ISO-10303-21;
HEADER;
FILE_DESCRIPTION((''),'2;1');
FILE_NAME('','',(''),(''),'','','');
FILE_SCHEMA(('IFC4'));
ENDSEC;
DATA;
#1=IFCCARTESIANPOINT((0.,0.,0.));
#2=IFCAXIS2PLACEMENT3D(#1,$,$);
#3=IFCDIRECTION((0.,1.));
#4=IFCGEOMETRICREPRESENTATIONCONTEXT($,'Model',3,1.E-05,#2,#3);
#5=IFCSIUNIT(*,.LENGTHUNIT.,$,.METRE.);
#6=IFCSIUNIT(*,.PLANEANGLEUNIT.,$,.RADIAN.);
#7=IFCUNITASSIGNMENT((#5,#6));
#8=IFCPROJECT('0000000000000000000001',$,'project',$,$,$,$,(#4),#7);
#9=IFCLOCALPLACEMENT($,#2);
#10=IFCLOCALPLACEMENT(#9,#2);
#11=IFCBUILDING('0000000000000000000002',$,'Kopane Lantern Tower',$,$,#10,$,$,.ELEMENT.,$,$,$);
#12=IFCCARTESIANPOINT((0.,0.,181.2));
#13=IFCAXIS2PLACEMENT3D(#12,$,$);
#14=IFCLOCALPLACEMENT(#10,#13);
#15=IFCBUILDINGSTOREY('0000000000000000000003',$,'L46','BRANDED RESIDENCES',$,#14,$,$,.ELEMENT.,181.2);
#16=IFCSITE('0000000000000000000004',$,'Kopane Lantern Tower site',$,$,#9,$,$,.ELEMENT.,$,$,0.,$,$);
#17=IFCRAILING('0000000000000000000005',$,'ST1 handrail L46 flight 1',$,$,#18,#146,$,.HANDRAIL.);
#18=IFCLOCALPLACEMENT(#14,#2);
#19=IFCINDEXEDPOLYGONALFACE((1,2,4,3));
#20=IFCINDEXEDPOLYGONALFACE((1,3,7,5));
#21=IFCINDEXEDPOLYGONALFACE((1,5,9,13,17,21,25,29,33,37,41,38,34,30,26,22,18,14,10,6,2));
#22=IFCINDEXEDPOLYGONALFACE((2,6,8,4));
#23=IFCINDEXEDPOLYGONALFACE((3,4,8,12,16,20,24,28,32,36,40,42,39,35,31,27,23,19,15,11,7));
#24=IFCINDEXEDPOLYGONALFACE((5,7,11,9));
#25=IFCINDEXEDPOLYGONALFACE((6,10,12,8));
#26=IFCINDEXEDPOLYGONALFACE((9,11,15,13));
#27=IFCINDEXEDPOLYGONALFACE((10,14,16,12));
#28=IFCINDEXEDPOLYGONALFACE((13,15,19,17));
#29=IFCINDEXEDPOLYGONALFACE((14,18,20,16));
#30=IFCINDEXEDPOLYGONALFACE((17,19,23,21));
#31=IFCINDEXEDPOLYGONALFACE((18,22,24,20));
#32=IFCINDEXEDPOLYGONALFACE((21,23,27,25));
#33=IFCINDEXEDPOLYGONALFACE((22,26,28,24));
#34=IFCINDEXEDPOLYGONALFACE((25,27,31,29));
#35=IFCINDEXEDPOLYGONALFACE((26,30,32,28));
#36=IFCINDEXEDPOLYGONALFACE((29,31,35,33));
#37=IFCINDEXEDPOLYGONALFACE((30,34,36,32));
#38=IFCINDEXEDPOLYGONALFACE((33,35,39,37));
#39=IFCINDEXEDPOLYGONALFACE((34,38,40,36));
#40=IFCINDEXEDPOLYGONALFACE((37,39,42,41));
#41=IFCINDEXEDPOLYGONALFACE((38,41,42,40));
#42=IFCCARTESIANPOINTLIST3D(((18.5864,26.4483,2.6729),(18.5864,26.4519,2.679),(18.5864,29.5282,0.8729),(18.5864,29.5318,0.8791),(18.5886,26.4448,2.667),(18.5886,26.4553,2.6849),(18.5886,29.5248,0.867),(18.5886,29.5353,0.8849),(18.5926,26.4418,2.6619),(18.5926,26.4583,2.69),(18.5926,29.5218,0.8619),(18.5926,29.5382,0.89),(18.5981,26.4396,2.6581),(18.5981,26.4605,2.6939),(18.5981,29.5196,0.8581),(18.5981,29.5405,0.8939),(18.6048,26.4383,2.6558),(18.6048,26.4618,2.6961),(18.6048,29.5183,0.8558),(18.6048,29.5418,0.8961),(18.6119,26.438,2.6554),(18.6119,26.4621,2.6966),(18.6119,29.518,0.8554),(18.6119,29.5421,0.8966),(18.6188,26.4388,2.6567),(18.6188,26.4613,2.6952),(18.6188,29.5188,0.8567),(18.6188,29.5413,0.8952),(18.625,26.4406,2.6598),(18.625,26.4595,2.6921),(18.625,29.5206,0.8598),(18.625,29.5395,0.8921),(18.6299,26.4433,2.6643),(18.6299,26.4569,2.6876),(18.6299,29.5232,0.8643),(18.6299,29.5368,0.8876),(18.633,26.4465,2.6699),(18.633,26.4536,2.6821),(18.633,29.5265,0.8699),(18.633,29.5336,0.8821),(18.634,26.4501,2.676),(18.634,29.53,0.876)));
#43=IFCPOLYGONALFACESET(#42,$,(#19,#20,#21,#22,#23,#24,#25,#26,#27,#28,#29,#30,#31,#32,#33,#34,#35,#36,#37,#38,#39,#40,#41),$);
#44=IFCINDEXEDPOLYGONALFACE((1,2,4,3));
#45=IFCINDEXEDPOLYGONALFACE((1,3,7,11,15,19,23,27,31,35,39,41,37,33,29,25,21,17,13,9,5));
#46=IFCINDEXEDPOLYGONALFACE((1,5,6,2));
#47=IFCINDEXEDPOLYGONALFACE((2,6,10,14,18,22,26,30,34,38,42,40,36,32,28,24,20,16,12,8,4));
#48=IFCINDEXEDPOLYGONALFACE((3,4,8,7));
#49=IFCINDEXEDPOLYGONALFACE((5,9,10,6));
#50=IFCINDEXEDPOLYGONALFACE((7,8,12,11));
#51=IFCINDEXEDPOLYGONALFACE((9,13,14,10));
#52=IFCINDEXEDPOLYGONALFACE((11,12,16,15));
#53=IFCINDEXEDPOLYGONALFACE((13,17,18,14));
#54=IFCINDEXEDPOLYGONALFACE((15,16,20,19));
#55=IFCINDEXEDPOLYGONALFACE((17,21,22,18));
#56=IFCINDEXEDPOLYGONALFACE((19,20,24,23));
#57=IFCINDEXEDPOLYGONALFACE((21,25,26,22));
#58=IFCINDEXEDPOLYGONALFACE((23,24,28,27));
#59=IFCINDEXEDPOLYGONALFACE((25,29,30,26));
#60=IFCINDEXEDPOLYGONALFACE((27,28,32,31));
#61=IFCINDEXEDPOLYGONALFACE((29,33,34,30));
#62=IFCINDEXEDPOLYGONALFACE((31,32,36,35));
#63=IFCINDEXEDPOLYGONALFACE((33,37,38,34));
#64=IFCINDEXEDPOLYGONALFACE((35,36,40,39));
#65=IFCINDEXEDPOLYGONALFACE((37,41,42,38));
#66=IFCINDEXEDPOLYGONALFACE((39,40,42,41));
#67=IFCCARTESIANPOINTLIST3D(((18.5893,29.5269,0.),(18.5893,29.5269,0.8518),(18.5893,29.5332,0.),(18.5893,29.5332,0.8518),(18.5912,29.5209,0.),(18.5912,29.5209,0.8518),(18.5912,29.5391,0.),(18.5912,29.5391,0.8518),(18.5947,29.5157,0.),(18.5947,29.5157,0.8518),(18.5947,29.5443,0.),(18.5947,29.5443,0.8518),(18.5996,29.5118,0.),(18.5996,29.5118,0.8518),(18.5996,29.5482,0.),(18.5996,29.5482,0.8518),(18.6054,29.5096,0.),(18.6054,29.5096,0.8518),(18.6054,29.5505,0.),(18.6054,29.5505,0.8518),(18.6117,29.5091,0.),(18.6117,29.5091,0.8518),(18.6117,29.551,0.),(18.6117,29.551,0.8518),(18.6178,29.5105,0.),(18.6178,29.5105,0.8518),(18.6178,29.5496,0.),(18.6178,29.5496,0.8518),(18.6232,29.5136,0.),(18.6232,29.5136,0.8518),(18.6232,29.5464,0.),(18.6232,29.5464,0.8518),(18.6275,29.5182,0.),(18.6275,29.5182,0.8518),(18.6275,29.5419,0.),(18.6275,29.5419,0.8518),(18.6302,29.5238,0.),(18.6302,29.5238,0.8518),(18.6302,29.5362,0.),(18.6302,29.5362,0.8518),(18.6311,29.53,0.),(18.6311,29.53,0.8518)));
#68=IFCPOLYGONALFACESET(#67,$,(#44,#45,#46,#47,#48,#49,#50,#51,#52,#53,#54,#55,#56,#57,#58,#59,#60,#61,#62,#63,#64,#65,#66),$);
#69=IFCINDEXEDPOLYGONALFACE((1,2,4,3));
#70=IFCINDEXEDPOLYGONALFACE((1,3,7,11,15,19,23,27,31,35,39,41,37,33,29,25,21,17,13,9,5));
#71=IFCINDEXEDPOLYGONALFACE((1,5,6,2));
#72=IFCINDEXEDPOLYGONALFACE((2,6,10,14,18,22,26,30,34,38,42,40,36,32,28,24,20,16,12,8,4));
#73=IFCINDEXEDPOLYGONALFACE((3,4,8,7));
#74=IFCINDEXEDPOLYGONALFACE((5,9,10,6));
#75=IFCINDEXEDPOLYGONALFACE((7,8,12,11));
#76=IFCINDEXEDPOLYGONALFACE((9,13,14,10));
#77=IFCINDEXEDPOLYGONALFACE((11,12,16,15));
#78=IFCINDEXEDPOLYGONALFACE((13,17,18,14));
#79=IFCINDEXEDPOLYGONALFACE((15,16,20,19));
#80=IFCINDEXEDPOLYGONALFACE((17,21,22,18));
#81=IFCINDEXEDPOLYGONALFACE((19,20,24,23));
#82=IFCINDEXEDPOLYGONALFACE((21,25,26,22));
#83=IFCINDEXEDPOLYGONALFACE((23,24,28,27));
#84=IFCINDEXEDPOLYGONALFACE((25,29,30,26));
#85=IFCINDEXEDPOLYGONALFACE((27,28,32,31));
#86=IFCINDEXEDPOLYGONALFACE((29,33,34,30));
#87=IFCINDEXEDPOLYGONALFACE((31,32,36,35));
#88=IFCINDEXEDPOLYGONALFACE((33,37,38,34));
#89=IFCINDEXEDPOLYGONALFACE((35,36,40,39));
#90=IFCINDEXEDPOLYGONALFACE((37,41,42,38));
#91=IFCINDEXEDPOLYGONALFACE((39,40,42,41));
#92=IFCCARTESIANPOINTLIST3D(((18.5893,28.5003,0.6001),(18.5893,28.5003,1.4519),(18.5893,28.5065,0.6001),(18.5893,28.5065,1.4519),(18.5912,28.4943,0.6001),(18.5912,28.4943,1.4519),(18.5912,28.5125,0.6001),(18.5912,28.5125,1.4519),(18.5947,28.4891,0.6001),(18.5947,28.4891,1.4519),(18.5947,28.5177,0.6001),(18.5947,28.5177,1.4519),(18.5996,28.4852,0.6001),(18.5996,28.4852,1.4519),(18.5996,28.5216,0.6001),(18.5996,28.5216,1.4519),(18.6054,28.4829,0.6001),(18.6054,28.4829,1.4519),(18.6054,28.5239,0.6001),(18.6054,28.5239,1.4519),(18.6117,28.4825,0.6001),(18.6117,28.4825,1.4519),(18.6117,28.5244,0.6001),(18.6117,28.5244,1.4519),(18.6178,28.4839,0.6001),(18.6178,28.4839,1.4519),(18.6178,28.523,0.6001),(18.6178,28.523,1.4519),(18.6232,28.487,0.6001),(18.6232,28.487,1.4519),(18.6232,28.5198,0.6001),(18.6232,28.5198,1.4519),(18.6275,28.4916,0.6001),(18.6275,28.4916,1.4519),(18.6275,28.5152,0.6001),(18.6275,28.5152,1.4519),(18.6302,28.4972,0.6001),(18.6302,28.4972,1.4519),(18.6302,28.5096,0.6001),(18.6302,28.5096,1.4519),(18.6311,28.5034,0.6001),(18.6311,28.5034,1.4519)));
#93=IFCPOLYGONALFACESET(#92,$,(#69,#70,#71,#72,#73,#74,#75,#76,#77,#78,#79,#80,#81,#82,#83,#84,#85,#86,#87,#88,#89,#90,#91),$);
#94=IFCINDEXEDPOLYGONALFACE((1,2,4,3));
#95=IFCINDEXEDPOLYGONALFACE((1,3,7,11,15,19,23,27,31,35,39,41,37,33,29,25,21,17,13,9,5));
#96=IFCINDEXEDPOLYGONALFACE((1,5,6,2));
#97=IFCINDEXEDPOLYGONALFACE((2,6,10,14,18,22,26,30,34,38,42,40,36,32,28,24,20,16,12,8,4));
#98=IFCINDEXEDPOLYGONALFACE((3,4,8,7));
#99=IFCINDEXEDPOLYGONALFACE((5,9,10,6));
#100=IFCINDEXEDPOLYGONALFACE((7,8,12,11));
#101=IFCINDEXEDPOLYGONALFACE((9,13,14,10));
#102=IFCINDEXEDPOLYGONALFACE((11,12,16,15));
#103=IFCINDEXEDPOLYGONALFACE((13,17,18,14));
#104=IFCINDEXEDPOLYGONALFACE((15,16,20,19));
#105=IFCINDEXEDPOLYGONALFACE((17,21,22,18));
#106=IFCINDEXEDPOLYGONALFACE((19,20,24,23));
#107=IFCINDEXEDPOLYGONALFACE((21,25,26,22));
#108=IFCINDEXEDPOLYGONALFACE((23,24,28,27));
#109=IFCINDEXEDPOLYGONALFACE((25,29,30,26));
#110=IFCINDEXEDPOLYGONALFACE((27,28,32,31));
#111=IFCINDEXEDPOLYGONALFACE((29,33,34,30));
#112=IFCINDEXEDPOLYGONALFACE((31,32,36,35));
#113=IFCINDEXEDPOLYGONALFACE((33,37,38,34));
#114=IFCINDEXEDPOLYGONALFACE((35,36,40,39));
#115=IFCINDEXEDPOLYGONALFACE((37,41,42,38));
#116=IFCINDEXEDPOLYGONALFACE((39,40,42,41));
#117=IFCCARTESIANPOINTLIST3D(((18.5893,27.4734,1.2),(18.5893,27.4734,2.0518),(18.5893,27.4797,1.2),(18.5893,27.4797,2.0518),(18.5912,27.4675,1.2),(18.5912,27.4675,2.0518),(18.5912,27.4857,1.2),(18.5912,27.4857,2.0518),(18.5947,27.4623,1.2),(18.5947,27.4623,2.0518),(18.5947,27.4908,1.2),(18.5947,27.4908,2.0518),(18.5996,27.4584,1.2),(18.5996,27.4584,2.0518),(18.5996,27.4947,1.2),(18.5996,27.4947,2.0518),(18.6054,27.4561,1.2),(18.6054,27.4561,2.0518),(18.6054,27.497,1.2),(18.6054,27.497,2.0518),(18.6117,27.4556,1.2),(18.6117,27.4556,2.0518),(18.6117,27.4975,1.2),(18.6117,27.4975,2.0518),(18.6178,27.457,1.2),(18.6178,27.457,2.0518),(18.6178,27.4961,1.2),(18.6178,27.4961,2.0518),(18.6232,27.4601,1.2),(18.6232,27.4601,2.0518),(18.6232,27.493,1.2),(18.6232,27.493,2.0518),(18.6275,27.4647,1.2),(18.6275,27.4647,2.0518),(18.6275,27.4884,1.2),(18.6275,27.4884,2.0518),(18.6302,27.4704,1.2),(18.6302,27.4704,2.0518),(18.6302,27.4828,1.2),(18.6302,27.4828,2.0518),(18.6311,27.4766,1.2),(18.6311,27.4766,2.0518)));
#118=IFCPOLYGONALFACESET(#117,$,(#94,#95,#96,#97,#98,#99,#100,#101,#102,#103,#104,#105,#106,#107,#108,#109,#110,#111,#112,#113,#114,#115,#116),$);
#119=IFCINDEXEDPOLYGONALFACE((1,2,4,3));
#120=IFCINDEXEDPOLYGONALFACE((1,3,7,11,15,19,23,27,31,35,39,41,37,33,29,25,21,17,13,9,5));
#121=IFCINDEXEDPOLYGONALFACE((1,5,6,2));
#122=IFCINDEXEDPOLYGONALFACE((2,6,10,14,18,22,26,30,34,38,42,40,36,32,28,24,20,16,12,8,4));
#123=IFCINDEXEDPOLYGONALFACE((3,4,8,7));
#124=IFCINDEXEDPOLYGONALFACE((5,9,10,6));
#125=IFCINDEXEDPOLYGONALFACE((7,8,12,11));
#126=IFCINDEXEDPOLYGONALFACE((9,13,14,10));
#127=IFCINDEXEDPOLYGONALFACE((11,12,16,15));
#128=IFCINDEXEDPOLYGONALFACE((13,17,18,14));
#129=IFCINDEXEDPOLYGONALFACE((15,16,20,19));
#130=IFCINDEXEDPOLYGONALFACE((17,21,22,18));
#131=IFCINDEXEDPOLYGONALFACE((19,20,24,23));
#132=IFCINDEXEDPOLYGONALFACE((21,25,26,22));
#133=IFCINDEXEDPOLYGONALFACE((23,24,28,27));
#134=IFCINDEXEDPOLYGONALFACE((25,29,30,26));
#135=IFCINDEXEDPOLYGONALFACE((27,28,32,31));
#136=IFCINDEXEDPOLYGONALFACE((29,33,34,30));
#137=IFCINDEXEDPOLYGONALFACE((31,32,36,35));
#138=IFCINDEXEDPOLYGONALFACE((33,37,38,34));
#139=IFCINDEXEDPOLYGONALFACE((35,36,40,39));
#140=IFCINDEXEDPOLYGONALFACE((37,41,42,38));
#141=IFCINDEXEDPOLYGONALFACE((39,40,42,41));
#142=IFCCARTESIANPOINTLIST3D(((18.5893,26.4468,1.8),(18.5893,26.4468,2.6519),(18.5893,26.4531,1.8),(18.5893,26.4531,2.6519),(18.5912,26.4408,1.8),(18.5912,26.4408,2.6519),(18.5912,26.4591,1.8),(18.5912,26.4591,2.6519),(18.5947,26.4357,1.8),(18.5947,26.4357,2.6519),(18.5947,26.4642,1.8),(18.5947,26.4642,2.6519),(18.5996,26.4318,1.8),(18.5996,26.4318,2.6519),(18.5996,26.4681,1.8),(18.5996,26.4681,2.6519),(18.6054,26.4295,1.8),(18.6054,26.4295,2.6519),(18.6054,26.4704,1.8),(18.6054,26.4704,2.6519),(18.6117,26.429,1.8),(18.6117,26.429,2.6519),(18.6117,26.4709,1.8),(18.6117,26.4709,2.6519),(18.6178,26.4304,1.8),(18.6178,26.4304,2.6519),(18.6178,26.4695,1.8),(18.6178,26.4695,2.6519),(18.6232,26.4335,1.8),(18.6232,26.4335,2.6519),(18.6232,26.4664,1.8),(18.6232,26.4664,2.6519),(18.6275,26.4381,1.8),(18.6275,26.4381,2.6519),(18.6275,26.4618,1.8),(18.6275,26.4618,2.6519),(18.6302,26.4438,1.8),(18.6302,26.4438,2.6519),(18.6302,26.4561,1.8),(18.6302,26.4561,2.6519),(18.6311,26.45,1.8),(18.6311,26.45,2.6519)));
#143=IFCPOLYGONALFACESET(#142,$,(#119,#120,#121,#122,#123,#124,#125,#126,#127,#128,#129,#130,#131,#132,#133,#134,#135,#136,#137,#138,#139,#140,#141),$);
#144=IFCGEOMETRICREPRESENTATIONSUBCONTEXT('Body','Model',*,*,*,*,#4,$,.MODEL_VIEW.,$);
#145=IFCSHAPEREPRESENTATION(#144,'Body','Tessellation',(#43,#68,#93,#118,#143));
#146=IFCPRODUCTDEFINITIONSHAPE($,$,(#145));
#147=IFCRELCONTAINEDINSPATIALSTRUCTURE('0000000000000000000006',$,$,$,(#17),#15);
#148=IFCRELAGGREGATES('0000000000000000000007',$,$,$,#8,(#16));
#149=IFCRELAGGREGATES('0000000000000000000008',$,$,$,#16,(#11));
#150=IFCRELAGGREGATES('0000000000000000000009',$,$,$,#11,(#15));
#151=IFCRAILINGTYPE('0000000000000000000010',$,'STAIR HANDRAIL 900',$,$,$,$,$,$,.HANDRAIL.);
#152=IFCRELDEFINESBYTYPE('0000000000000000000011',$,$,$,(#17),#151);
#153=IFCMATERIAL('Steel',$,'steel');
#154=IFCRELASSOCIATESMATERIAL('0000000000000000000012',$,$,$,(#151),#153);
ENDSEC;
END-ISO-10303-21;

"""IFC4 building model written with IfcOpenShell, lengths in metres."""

from ifc_helpers import new_model, si_unit, direction, frame, origin, origin_2d, place, context, subcontext, project, spatial, circle, extrude, material, type_object, element, save


model = new_model("IFC4")

# Units and contexts
model_context = context("Model", 3, precision=1e-05, world=origin(), true_north=direction((0.0, 1.0)))
body_context = subcontext(model_context, "Body", "Model", "MODEL_VIEW")
ifc_project = project(units=[si_unit("LENGTHUNIT", "METRE"), si_unit("PLANEANGLEUNIT", "RADIAN")], contexts=[model_context])

# Site, building, storey
site_placement = place(None, origin())
site = spatial("IfcSite", under=ifc_project, at=site_placement, Name="Kopane Lantern Tower site", CompositionType="ELEMENT", RefElevation=0.0)
building_placement = place(site_placement, origin())
building = spatial("IfcBuilding", under=site, at=building_placement, Name="Kopane Lantern Tower", CompositionType="ELEMENT")
storey_placement = place(building_placement, frame((0.0, 0.0, 181.2)))
storey = spatial("IfcBuildingStorey", under=building, at=storey_placement, Name="L46", Description="BRANDED RESIDENCES", CompositionType="ELEMENT", Elevation=181.2)

# Railing
ifc_material_1 = material(Name="Steel", Category="steel")
railing_type_1 = type_object("IfcRailingType", Name="STAIR HANDRAIL 900", PredefinedType="HANDRAIL", material=ifc_material_1)
for number, where, name in (
    (1, (18.6101, 29.53, 0.0), "ST1 handrail L46 flight 1"),
):
    element("IfcRailing", number, at=place(storey_placement, frame(where)), inside=storey, type_object=railing_type_1, Name=name, PredefinedType="HANDRAIL", context=body_context, shape_type="SweptSolid", body=[
        extrude(circle(Radius=0.0239, at=origin_2d()), frame((0.0, 0.0, 0.876), z_axis=(0.0, -0.863372, 0.504569), x_axis=(1.0, 0.0, 0.0)), (0.0, 0.0, 1.0), 3.5674),
        extrude(circle(Radius=0.021, at=origin_2d()), origin(), (0.0, 0.0, 1.0), 0.8518),
        extrude(circle(Radius=0.021, at=origin_2d()), frame((0.0, -1.0266, 0.6001)), (0.0, 0.0, 1.0), 0.8518),
        extrude(circle(Radius=0.021, at=origin_2d()), frame((0.0, -2.0535, 1.2)), (0.0, 0.0, 1.0), 0.8518),
        extrude(circle(Radius=0.021, at=origin_2d()), frame((0.0, -3.0801, 1.8)), (0.0, 0.0, 1.0), 0.8518),
    ])

save(model, "model.ifc")
